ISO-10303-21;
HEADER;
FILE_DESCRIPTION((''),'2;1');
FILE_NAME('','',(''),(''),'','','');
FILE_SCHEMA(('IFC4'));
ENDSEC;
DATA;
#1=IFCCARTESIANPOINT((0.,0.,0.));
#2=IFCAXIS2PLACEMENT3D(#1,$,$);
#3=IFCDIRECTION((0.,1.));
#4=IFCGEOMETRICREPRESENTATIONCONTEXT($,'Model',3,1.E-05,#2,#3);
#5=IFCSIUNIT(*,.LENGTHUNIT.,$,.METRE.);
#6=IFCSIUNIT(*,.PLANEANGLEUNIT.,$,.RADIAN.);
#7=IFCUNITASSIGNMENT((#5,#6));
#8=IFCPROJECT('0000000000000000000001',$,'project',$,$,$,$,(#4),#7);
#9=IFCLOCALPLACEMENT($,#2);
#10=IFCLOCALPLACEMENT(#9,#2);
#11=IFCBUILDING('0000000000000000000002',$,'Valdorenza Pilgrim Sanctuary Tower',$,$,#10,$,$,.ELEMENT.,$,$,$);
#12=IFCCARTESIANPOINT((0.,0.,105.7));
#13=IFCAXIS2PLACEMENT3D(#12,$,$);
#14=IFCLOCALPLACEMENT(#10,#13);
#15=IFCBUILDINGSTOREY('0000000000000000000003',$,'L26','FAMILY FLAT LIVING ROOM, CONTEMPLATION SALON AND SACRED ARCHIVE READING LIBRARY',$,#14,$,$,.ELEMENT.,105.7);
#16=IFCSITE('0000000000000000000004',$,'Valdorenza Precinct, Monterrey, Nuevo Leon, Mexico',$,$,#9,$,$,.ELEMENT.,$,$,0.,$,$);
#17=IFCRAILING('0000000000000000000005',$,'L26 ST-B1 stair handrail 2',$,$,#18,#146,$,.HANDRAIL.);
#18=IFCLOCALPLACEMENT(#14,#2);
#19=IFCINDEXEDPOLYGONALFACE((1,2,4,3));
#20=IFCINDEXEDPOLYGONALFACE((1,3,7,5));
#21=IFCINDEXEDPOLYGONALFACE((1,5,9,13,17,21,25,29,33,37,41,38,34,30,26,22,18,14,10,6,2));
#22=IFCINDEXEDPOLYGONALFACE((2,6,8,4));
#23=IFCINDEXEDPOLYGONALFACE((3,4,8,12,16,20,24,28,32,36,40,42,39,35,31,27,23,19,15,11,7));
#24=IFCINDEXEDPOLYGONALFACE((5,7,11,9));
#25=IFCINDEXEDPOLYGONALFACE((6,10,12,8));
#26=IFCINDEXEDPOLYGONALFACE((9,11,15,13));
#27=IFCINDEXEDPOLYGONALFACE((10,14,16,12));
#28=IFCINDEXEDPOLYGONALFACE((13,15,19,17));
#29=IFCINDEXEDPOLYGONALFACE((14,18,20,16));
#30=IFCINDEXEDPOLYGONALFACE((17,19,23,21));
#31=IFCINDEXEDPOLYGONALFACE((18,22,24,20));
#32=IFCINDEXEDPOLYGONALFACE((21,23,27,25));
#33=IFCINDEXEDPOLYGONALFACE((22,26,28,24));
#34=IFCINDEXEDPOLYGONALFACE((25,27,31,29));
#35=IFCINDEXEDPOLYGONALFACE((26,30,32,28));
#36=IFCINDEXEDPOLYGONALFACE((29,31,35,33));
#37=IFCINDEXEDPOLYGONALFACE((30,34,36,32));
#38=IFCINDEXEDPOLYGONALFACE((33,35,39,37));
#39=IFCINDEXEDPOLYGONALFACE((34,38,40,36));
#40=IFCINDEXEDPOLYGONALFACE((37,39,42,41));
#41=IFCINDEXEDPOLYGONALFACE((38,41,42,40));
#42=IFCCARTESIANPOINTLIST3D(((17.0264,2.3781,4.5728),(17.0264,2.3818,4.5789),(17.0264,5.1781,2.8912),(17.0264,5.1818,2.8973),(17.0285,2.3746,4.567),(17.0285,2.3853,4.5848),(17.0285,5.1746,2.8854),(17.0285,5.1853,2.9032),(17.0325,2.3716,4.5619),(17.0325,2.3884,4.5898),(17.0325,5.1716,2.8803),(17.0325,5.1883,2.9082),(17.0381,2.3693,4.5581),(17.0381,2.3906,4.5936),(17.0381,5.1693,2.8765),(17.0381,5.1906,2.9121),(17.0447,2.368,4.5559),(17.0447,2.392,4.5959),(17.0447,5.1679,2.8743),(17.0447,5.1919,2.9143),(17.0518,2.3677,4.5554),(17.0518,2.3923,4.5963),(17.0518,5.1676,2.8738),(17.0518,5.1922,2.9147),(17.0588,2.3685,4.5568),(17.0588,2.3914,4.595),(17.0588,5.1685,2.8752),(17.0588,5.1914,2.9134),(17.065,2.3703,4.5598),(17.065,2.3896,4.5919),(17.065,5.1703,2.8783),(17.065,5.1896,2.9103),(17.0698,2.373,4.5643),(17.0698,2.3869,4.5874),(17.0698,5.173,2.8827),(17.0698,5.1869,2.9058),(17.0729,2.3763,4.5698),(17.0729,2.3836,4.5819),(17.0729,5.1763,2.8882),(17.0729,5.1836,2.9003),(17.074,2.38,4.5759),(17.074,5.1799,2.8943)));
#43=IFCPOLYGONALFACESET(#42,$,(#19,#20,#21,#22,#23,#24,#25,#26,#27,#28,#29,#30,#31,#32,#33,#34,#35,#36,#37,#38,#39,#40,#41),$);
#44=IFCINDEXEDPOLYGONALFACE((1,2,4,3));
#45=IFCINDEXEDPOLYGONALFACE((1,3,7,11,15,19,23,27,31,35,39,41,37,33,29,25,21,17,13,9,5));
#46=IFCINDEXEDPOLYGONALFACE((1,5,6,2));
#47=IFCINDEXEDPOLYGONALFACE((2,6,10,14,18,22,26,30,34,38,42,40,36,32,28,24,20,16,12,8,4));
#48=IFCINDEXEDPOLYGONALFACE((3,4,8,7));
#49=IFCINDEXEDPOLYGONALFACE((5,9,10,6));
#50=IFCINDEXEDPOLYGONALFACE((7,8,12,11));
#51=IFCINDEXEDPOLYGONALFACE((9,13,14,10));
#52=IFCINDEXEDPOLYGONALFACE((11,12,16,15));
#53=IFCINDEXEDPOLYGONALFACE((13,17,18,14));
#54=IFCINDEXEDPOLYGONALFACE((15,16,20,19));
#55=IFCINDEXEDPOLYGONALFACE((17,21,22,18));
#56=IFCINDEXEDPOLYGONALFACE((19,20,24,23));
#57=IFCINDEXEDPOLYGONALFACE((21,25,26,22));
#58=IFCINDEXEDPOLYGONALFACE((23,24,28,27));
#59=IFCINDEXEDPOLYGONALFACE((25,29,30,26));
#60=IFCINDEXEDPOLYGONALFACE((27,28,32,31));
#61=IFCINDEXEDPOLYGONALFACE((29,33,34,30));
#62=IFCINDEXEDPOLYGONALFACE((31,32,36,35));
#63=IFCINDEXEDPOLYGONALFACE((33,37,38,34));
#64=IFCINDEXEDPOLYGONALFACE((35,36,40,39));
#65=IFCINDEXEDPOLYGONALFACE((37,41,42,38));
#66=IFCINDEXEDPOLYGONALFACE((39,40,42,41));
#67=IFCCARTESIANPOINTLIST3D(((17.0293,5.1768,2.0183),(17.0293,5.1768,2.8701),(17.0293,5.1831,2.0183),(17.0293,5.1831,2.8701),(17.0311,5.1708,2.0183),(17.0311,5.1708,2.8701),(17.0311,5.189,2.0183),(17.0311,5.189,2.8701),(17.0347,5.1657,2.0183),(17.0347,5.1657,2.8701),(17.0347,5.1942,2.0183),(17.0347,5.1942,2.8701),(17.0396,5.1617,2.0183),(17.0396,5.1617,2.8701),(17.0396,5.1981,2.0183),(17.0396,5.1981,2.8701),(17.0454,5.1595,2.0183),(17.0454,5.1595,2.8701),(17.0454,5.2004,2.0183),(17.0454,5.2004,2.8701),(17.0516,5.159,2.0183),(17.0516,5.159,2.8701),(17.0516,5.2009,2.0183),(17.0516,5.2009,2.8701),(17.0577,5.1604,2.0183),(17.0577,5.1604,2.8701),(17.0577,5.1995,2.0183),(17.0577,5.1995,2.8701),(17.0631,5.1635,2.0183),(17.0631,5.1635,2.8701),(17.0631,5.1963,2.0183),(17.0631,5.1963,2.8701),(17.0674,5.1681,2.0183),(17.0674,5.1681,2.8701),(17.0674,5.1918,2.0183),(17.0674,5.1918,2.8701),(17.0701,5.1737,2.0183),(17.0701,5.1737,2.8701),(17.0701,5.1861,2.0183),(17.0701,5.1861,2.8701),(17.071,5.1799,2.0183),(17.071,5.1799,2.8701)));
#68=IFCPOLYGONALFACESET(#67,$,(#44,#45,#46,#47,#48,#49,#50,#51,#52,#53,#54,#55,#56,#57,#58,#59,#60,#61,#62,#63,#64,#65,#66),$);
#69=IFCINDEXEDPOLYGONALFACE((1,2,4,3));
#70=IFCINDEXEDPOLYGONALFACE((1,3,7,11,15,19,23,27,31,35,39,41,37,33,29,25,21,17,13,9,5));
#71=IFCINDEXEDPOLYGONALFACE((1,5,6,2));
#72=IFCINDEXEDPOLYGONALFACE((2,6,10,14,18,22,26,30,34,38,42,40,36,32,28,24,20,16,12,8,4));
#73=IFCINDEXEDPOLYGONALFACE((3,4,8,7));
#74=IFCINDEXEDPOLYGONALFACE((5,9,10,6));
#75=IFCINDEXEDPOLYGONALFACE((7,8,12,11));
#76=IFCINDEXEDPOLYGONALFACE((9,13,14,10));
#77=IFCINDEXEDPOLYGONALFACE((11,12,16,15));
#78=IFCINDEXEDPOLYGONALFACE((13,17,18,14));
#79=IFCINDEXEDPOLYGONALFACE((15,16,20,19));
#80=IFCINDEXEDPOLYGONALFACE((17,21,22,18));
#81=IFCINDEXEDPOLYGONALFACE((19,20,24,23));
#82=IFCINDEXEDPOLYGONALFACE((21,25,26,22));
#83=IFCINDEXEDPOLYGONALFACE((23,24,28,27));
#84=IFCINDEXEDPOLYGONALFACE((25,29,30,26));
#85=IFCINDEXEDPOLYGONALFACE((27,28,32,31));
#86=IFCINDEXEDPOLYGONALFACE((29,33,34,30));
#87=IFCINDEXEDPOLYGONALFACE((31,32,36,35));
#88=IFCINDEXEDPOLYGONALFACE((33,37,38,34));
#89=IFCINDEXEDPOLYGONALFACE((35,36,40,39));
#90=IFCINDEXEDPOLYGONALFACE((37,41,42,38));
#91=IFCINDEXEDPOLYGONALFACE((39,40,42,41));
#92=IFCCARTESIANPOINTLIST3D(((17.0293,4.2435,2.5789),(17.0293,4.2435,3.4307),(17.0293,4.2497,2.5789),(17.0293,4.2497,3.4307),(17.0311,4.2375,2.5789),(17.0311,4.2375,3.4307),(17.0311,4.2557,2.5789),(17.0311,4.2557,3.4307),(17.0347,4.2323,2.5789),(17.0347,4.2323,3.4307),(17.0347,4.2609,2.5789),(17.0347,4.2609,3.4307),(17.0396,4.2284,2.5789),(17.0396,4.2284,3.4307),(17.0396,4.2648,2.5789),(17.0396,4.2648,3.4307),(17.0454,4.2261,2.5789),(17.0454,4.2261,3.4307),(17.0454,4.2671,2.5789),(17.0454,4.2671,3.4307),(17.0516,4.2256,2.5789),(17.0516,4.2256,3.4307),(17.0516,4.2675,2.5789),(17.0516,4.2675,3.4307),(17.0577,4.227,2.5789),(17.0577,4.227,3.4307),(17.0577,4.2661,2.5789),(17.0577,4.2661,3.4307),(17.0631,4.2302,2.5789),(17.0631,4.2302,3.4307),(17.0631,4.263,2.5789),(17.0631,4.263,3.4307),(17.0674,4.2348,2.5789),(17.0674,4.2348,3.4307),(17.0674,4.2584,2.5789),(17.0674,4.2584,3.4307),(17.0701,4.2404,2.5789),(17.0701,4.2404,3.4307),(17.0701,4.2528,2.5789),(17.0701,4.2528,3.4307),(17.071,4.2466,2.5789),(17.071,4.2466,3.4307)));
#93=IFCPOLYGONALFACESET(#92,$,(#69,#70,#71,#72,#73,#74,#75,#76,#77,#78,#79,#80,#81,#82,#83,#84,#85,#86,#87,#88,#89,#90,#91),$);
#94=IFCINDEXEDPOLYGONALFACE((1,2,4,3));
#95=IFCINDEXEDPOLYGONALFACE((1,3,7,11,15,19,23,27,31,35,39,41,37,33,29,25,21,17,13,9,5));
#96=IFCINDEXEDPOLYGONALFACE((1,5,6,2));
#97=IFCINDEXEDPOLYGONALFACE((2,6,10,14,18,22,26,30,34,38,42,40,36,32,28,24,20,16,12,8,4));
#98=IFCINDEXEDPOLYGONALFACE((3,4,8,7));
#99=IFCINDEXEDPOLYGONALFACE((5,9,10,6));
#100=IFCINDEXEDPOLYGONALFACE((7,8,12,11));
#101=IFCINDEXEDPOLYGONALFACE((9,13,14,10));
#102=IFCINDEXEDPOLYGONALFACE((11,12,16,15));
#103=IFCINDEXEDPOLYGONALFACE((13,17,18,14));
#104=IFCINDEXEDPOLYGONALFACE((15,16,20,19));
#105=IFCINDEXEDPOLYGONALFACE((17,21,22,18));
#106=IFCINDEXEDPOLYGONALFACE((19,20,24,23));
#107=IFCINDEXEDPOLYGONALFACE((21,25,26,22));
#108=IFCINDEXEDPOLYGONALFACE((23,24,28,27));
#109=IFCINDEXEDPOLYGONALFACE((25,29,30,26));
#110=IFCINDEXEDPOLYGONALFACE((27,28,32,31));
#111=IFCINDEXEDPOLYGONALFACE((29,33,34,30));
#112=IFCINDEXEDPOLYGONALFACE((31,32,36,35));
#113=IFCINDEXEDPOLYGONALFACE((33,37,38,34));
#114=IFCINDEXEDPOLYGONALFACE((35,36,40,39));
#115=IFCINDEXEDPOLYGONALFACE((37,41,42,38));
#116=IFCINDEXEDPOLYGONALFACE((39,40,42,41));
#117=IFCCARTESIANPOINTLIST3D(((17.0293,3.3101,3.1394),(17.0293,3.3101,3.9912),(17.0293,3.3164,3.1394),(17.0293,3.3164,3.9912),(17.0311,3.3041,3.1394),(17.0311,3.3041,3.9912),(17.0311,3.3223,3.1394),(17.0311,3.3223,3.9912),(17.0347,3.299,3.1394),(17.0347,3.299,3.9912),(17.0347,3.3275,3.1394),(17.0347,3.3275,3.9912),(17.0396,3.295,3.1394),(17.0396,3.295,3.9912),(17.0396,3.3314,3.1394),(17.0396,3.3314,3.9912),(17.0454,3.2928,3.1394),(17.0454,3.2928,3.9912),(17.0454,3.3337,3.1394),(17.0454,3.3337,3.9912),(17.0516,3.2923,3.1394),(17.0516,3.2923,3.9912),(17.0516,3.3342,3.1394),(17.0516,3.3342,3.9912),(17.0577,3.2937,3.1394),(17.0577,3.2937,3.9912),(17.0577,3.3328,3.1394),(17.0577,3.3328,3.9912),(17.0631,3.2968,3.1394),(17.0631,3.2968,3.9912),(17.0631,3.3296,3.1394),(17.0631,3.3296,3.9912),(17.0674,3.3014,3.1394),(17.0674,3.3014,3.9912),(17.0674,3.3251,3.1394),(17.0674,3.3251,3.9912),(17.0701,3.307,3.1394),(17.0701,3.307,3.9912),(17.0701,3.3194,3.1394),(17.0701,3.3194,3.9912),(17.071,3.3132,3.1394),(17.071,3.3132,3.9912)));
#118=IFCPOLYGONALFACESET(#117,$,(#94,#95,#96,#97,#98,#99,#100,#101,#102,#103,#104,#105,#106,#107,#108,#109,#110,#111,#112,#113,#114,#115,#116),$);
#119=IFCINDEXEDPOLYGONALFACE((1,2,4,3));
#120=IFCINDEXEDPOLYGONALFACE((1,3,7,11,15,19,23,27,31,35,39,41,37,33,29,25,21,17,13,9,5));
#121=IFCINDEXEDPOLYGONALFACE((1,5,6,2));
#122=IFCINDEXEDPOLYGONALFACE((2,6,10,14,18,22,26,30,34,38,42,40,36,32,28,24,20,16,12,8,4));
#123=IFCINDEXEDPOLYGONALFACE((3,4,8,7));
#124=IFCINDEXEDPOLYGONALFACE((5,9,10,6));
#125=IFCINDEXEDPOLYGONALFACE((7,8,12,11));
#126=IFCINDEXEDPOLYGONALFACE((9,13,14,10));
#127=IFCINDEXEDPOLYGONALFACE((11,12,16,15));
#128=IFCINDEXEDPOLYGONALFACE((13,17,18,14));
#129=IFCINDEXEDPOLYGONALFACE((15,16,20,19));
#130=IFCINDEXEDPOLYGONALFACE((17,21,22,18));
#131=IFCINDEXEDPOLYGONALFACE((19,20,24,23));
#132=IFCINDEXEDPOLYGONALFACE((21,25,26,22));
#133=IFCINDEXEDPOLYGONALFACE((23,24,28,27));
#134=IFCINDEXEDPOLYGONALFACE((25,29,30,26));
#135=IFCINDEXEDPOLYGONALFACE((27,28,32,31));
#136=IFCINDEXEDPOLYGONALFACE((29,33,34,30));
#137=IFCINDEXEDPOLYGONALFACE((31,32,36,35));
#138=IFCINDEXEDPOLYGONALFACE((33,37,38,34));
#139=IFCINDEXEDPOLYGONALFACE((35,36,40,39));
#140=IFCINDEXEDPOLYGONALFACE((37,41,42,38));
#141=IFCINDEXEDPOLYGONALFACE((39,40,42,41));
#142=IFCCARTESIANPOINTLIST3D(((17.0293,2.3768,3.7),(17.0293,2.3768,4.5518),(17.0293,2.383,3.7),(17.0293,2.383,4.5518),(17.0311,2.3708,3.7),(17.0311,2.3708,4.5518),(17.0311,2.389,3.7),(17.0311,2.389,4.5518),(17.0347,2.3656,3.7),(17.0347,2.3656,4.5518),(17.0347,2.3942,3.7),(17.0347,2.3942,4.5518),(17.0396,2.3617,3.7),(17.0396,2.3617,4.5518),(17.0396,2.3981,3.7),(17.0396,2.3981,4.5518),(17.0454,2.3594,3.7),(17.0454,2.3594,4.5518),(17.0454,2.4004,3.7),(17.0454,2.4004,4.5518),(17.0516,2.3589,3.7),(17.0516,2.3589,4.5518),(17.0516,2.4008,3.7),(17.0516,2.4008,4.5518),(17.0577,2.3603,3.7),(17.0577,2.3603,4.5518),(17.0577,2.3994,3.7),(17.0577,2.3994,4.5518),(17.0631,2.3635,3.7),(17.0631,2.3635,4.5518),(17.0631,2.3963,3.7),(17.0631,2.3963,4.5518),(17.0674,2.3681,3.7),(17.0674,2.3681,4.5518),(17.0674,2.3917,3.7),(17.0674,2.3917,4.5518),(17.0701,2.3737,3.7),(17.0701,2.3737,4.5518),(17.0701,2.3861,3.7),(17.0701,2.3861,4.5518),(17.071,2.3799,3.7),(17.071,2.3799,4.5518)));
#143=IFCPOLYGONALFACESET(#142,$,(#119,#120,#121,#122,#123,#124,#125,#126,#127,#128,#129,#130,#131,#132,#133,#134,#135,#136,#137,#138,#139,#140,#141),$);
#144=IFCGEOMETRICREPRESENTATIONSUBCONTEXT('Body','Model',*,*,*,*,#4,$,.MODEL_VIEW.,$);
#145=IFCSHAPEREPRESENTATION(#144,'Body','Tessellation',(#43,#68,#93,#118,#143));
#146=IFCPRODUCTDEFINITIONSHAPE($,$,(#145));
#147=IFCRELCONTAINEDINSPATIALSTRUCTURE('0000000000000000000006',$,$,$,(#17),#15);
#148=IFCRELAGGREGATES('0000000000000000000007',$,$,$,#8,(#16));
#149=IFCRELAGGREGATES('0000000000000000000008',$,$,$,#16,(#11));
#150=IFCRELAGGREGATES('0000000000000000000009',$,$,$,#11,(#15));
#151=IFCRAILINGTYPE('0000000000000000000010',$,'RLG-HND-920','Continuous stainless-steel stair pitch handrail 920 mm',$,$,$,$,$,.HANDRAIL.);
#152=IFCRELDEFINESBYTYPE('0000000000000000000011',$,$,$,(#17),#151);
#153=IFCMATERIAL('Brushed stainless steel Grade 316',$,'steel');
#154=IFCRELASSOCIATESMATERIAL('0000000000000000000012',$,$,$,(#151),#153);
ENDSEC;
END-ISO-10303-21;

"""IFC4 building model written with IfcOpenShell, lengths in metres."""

from ifc_helpers import new_model, si_unit, direction, frame, origin, origin_2d, place, context, subcontext, project, spatial, circle, extrude, material, type_object, element, save


model = new_model("IFC4")

# Units and contexts
model_context = context("Model", 3, precision=1e-05, world=origin(), true_north=direction((0.0, 1.0)))
body_context = subcontext(model_context, "Body", "Model", "MODEL_VIEW")
ifc_project = project(units=[si_unit("LENGTHUNIT", "METRE"), si_unit("PLANEANGLEUNIT", "RADIAN")], contexts=[model_context])

# Site, building, storey
site_placement = place(None, origin())
site = spatial("IfcSite", under=ifc_project, at=site_placement, Name="Valdorenza Precinct, Monterrey, Nuevo Leon, Mexico", CompositionType="ELEMENT", RefElevation=0.0)
building_placement = place(site_placement, origin())
building = spatial("IfcBuilding", under=site, at=building_placement, Name="Valdorenza Pilgrim Sanctuary Tower", CompositionType="ELEMENT")
storey_placement = place(building_placement, frame((0.0, 0.0, 105.7)))
storey = spatial("IfcBuildingStorey", under=building, at=storey_placement, Name="L26", Description="FAMILY FLAT LIVING ROOM, CONTEMPLATION SALON AND SACRED ARCHIVE READING LIBRARY", CompositionType="ELEMENT", Elevation=105.7)

# Shared definitions
ifc_material_1 = material(Name="Brushed stainless steel Grade 316", Category="steel")

# Railing
railing_type_1 = type_object("IfcRailingType", Name="RLG-HND-920", Description="Continuous stainless-steel stair pitch handrail 920 mm", PredefinedType="HANDRAIL", material=ifc_material_1)
railing_1_placement = place(storey_placement, frame((17.05, 5.1799, 2.0183)))
element("IfcRailing", 1, at=railing_1_placement, inside=storey, type_object=railing_type_1, Name="L26 ST-B1 stair handrail 2", PredefinedType="HANDRAIL", context=body_context, shape_type="SweptSolid", body=[
    extrude(circle(Radius=0.0239, at=origin_2d()), frame((0.0, 0.0, 0.876), z_axis=(0.0, -0.857275, 0.514858), x_axis=(1.0, 0.0, 0.0)), (0.0, 0.0, 1.0), 3.2661),
    extrude(circle(Radius=0.021, at=origin_2d()), origin(), (0.0, 0.0, 1.0), 0.8518),
    extrude(circle(Radius=0.021, at=origin_2d()), frame((0.0, -0.9333, 0.5605)), (0.0, 0.0, 1.0), 0.8518),
    extrude(circle(Radius=0.021, at=origin_2d()), frame((0.0, -1.8667, 1.1211)), (0.0, 0.0, 1.0), 0.8518),
    extrude(circle(Radius=0.021, at=origin_2d()), frame((0.0, -2.8, 1.6816)), (0.0, 0.0, 1.0), 0.8518),
])

save(model, "model.ifc")
